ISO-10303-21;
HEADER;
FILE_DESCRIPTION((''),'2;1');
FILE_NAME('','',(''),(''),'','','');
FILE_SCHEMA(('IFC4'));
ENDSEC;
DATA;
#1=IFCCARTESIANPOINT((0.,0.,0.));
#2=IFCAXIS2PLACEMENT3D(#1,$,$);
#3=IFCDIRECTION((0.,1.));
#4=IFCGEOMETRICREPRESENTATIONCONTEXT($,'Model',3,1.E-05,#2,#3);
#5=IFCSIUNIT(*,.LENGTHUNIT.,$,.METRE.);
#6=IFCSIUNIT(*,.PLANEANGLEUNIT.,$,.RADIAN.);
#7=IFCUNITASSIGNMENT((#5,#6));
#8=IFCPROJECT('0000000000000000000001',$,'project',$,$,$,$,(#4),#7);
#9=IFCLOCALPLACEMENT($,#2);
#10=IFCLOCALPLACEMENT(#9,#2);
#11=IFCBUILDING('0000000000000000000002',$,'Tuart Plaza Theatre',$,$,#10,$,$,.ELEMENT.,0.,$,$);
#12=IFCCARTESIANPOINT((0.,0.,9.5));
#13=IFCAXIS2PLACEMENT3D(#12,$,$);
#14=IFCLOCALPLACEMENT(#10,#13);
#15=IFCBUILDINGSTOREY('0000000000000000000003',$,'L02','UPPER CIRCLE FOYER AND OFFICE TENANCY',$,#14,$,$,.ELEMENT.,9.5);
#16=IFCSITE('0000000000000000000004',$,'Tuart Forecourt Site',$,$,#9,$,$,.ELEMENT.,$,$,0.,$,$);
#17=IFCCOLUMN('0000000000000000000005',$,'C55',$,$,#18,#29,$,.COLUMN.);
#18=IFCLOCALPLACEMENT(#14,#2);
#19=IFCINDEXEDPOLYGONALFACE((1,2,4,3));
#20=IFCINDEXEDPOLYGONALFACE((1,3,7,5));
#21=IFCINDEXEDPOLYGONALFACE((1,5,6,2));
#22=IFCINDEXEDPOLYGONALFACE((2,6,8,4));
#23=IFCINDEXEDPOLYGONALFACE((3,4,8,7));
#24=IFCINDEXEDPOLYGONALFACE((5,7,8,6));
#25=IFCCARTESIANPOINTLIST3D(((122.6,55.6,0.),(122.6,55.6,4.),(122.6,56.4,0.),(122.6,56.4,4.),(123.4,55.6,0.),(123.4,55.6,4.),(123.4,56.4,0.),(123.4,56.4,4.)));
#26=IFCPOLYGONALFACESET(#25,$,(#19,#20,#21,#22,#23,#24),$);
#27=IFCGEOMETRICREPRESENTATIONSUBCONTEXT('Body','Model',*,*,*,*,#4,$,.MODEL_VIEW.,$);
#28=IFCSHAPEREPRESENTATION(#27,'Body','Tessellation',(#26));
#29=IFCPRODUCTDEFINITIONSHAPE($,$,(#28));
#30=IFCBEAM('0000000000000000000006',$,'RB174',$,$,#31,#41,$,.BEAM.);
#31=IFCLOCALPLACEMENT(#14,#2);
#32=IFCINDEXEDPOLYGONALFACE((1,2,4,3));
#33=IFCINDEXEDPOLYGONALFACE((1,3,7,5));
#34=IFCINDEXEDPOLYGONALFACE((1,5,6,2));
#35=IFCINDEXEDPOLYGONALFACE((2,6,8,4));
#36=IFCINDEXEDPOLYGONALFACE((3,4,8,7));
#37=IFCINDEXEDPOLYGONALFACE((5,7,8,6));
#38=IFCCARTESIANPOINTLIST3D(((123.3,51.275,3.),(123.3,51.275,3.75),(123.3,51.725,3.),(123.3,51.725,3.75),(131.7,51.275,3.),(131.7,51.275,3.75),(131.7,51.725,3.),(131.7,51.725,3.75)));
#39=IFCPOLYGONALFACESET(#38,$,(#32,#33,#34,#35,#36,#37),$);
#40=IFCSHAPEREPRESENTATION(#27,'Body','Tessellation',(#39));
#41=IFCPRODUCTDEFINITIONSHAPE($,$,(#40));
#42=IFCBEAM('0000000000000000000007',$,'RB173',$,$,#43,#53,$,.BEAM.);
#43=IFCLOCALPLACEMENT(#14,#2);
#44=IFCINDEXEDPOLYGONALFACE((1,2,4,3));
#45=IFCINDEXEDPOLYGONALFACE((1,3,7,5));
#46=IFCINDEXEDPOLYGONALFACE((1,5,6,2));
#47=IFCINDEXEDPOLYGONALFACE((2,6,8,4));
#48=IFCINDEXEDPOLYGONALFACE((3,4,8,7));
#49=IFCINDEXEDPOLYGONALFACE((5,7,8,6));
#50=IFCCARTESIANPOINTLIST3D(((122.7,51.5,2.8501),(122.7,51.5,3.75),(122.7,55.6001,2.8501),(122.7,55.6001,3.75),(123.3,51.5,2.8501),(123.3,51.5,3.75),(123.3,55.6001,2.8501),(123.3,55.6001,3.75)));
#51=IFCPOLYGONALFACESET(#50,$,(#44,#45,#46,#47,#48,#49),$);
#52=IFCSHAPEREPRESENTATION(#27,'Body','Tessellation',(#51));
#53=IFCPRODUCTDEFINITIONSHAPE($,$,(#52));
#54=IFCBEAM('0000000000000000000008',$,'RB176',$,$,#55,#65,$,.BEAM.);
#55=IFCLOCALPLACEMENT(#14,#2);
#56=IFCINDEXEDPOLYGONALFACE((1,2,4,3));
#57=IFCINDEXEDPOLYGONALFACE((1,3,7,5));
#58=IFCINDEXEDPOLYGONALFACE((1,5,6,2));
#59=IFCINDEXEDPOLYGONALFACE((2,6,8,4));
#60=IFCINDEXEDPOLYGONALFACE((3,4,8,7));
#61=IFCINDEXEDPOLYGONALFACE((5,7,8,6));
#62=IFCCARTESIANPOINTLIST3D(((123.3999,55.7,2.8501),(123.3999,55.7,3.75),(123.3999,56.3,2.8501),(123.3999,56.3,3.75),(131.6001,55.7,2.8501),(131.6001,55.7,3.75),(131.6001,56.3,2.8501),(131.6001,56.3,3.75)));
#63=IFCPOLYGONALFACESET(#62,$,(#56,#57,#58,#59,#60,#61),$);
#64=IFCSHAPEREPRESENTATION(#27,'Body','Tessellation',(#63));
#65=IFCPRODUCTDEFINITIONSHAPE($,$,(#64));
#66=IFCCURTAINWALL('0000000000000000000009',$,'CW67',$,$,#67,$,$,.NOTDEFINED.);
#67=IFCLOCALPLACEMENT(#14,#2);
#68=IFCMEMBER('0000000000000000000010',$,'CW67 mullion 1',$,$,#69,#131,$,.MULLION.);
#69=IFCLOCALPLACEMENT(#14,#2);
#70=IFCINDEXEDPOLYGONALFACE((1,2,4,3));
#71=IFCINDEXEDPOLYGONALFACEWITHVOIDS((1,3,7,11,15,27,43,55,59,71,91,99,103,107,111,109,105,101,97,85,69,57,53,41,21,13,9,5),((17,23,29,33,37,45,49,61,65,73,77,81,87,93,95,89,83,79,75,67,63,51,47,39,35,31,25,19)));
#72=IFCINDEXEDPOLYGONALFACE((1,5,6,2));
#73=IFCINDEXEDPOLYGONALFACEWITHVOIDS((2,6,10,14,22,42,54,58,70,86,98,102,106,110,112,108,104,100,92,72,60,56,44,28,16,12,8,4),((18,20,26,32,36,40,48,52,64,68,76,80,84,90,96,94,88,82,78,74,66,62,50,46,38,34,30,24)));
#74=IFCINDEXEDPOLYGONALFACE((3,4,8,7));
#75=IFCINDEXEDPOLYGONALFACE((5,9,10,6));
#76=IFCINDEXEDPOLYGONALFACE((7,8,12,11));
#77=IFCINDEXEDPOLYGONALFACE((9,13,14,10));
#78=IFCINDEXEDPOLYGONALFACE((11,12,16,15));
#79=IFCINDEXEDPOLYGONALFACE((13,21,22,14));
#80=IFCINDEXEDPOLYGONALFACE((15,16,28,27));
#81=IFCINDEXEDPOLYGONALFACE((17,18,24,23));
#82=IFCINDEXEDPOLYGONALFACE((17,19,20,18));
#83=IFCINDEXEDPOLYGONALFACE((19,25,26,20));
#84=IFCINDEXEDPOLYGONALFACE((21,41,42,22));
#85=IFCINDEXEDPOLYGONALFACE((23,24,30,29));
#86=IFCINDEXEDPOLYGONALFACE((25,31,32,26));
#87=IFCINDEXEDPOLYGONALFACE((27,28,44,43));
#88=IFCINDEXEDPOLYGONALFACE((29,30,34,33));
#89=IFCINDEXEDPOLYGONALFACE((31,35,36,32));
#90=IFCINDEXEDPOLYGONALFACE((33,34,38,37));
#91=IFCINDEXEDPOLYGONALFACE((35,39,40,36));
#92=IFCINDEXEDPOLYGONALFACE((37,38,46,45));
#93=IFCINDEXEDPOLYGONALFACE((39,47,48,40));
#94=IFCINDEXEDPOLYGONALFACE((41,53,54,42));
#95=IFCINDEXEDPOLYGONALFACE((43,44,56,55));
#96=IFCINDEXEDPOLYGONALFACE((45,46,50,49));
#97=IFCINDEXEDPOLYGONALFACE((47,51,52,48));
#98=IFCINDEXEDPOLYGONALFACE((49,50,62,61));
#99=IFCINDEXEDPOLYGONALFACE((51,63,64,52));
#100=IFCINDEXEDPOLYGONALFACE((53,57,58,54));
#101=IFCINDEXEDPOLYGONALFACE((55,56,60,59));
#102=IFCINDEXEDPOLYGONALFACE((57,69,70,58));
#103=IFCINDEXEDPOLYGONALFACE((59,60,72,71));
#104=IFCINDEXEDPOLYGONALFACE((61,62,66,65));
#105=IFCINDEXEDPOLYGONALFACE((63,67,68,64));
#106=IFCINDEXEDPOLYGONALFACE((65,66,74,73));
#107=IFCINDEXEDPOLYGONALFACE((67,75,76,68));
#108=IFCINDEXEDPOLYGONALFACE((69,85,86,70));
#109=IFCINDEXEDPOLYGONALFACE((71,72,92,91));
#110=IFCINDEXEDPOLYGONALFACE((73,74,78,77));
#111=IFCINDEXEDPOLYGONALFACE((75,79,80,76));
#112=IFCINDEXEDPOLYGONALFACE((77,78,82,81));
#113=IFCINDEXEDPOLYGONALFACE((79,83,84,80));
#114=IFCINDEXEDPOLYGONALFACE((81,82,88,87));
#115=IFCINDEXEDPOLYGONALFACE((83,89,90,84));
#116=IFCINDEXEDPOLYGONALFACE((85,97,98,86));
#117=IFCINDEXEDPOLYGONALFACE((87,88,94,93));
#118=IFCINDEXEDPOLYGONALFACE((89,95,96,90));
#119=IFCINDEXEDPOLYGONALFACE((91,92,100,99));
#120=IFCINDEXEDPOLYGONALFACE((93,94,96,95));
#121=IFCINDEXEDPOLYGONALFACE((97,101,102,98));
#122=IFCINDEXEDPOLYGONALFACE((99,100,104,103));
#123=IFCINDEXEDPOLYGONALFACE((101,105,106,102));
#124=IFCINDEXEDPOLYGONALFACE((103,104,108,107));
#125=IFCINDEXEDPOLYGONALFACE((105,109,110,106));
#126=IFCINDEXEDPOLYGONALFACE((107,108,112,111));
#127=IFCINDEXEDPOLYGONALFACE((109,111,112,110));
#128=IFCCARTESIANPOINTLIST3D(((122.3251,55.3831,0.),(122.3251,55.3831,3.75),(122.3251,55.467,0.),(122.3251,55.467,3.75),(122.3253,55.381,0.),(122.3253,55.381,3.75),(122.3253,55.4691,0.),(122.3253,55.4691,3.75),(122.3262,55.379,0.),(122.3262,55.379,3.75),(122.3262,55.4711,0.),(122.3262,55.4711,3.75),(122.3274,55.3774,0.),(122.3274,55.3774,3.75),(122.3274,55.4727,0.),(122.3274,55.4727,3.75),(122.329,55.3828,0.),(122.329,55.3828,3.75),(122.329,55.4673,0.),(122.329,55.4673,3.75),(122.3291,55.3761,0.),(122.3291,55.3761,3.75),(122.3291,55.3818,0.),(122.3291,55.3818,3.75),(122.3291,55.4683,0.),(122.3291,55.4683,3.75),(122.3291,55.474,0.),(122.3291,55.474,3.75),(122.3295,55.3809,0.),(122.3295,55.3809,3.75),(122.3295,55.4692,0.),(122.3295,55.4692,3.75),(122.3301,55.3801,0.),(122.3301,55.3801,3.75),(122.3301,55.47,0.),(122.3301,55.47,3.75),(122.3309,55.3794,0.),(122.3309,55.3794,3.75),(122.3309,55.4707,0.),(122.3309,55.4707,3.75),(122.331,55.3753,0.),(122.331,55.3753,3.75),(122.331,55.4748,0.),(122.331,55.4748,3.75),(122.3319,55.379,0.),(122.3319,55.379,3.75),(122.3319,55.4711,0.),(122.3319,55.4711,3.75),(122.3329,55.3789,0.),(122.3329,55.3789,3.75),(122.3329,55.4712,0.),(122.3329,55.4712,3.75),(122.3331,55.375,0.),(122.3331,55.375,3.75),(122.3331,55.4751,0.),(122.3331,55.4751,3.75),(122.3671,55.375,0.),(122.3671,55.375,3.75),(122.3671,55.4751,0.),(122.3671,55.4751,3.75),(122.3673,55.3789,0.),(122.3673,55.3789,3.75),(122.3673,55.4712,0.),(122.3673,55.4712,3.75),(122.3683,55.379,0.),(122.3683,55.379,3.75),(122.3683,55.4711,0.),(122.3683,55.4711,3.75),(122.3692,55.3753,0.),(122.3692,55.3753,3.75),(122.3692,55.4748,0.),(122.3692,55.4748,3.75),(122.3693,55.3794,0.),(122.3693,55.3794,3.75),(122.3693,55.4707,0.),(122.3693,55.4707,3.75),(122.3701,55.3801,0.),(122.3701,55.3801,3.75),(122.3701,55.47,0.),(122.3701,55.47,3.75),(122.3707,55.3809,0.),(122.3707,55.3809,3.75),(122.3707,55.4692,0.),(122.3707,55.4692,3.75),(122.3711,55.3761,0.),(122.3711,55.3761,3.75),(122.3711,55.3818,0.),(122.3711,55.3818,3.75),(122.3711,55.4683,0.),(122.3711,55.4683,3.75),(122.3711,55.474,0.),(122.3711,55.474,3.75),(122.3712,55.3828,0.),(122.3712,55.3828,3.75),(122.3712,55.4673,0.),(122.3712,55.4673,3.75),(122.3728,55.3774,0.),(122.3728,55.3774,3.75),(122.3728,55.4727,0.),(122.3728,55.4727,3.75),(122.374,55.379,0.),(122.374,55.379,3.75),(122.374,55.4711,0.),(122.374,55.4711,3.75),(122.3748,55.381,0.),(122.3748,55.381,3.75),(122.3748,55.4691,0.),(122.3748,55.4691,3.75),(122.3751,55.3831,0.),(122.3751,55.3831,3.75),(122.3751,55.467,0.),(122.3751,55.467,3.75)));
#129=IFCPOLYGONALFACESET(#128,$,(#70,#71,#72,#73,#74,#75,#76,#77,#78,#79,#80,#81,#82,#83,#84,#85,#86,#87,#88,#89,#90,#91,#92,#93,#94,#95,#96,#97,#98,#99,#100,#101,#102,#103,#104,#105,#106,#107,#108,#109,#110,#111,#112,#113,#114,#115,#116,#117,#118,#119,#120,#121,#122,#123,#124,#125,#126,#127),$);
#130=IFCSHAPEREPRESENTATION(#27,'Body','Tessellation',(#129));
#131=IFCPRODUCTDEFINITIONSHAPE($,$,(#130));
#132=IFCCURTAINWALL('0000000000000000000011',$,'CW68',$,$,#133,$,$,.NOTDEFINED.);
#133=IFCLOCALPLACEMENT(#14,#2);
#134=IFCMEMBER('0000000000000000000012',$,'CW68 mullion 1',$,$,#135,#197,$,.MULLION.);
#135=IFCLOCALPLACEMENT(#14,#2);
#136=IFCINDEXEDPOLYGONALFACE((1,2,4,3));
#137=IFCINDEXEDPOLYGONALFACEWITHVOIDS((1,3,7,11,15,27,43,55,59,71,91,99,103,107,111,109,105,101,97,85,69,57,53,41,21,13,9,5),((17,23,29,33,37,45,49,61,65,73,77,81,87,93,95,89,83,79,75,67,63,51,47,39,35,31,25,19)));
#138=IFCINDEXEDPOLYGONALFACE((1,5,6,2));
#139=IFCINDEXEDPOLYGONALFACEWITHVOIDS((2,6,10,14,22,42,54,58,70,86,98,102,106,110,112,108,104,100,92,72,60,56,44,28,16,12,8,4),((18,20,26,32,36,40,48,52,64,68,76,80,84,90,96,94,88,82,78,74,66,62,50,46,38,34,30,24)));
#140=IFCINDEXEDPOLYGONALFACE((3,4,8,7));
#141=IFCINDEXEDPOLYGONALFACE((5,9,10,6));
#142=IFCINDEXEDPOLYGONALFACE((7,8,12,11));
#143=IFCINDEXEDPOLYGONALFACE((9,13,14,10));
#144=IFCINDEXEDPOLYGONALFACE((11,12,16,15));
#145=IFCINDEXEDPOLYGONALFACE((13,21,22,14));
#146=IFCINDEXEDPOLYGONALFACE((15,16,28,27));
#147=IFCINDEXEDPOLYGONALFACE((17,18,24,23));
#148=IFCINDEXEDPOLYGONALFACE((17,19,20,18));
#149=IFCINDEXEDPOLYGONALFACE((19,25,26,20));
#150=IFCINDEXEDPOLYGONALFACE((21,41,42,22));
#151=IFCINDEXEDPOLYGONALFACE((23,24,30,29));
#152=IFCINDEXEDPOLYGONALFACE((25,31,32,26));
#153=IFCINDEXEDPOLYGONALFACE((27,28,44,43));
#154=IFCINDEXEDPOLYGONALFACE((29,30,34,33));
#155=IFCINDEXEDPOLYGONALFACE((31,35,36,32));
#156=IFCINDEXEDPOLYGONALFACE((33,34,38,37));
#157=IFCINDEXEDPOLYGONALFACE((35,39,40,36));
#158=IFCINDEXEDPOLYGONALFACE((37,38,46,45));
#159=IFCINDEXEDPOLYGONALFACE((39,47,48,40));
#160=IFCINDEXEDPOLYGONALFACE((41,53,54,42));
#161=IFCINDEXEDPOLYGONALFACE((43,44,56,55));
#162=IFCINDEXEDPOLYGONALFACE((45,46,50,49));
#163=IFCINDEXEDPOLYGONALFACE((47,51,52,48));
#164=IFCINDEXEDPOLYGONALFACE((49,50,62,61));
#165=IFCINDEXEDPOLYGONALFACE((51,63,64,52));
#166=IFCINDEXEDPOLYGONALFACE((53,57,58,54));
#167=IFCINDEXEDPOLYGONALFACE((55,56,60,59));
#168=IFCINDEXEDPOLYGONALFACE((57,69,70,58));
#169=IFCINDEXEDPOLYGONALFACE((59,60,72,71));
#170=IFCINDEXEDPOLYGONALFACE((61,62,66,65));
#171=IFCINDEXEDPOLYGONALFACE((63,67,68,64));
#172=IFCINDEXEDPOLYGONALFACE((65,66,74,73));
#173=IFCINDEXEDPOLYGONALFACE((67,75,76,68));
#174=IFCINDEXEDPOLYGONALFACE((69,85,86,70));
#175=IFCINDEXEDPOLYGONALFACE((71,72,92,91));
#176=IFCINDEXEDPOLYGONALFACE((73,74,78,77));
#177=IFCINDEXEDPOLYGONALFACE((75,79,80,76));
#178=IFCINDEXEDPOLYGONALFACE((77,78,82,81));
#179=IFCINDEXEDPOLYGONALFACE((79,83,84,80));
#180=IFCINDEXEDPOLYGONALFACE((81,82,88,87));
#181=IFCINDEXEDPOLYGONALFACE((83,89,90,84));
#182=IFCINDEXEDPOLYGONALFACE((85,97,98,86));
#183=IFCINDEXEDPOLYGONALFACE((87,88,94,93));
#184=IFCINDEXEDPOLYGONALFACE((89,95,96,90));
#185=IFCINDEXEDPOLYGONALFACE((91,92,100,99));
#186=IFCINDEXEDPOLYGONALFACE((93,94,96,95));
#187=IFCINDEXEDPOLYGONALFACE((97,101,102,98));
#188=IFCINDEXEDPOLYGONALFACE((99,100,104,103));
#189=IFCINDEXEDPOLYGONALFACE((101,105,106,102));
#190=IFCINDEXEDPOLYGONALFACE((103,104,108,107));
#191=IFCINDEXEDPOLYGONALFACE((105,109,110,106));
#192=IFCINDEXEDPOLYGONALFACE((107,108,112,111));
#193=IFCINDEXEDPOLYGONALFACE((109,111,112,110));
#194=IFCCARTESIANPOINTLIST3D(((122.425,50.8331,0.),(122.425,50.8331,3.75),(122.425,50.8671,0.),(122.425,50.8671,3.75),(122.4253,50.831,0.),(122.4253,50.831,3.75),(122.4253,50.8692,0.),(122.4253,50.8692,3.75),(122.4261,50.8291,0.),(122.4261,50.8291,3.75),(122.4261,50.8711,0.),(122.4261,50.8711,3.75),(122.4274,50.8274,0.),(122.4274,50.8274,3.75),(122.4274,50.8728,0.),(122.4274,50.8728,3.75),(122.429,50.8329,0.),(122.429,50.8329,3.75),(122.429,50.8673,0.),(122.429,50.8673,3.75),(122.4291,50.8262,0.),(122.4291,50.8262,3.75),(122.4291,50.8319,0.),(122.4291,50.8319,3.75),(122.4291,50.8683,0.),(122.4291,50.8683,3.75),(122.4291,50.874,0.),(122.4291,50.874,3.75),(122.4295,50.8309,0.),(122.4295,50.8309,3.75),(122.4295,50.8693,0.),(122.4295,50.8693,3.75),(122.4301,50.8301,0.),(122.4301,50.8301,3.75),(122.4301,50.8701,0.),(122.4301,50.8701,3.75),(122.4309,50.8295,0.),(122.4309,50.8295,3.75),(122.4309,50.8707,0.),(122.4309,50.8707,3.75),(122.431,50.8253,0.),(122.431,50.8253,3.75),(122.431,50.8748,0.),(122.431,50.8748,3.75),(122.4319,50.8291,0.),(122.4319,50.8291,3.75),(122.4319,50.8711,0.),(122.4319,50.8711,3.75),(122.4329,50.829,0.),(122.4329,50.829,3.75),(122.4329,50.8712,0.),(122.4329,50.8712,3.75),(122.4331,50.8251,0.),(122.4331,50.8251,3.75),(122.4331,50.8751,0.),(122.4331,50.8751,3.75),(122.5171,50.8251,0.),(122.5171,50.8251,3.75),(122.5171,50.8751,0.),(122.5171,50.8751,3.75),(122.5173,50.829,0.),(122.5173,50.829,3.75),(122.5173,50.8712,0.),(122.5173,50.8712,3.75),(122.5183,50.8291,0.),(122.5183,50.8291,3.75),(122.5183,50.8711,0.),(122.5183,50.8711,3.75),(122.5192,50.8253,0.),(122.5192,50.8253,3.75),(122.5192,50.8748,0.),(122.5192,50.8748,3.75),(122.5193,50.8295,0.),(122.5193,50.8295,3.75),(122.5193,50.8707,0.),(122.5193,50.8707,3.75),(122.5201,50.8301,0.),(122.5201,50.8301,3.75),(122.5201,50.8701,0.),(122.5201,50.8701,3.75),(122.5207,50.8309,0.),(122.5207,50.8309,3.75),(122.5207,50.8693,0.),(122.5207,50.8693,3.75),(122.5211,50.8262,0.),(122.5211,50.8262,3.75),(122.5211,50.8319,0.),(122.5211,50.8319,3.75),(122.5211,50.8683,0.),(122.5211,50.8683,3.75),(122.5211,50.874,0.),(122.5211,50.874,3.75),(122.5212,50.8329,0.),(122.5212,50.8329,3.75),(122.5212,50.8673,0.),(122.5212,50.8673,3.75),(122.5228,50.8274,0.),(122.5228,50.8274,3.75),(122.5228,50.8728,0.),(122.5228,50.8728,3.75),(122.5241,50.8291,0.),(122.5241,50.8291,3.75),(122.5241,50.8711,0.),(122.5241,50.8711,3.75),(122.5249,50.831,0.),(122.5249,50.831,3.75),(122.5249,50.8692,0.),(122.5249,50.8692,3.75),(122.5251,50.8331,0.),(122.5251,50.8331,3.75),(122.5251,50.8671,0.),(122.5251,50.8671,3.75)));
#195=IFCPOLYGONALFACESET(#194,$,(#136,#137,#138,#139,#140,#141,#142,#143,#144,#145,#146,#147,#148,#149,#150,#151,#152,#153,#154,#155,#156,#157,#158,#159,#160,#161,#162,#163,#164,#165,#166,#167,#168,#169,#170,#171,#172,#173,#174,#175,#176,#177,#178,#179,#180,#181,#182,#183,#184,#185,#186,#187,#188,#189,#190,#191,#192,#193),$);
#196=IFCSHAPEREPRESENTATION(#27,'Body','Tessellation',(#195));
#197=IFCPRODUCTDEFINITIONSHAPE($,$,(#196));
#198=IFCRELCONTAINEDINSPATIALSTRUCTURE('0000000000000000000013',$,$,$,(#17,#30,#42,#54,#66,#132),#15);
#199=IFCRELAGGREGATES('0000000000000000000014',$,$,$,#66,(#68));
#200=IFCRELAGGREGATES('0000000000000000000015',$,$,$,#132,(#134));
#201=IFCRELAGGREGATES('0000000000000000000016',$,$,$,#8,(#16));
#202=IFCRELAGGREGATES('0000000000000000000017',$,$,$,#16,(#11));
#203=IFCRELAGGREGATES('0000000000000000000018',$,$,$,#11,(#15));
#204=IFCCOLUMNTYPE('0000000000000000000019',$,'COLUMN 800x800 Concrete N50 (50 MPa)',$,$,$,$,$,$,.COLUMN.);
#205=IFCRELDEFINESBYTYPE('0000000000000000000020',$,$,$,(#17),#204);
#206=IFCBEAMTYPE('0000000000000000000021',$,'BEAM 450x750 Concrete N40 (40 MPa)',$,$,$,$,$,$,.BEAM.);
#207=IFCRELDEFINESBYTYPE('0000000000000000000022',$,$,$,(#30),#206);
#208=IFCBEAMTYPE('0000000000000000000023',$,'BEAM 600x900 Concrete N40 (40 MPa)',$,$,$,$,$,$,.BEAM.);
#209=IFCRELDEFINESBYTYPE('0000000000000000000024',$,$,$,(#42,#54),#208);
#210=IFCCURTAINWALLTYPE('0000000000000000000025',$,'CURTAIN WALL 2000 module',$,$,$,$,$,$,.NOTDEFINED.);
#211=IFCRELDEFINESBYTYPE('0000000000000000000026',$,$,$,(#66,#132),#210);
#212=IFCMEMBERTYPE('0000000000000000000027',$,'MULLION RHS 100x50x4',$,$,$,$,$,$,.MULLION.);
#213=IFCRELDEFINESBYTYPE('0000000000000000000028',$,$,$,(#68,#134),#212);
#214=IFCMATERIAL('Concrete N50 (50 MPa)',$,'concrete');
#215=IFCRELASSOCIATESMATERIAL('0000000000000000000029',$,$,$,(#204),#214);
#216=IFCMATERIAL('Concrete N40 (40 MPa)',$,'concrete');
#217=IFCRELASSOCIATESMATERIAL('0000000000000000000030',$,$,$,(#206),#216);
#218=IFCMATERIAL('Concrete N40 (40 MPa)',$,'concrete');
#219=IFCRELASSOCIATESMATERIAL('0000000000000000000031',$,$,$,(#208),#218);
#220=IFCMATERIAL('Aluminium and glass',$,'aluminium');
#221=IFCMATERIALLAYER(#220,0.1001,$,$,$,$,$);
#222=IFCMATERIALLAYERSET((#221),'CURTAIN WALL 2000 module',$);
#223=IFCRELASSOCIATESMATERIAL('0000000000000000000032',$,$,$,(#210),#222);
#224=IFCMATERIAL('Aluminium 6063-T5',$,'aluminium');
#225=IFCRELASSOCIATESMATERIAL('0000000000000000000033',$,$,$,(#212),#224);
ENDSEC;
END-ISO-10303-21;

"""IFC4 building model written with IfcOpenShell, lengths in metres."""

from ifc_helpers import new_model, si_unit, direction, frame, origin, origin_2d, place, context, subcontext, project, spatial, rectangle, hollow_rectangle, extrude, material, layer, layer_set, material_profile, profile_set, type_object, element, aggregate, save


model = new_model("IFC4")

# Units and contexts
model_context = context("Model", 3, precision=1e-05, world=origin(), true_north=direction((0.0, 1.0)))
body_context = subcontext(model_context, "Body", "Model", "MODEL_VIEW")
ifc_project = project(units=[si_unit("LENGTHUNIT", "METRE"), si_unit("PLANEANGLEUNIT", "RADIAN")], contexts=[model_context])

# Site, building, storey
site_placement = place(None, origin())
site = spatial("IfcSite", under=ifc_project, at=site_placement, Name="Tuart Forecourt Site", CompositionType="ELEMENT", RefElevation=0.0)
building_placement = place(site_placement, origin())
building = spatial("IfcBuilding", under=site, at=building_placement, Name="Tuart Plaza Theatre", CompositionType="ELEMENT", ElevationOfRefHeight=0.0)
storey_placement = place(building_placement, frame((0.0, 0.0, 9.5)))
storey = spatial("IfcBuildingStorey", under=building, at=storey_placement, Name="L02", Description="UPPER CIRCLE FOYER AND OFFICE TENANCY", CompositionType="ELEMENT", Elevation=9.5)

# Column
ifc_material_1 = material(Name="Concrete N50 (50 MPa)", Category="concrete")
ifc_material_profile_1 = material_profile(ifc_material_1, rectangle(XDim=0.8, YDim=0.8, at=origin_2d()), Name="COLUMN 800x800 Concrete N50 (50 MPa)")
ifc_profile_set_1 = profile_set([ifc_material_profile_1], Name="Concrete N50 (50 MPa)")
column_type = type_object("IfcColumnType", Name="COLUMN 800x800 Concrete N50 (50 MPa)", PredefinedType="COLUMN", material=ifc_profile_set_1)
column_placement = place(storey_placement, frame((123.0, 56.0, 0.0), z_axis=(0.0, 0.0, 1.0), x_axis=(1.0, 0.0, 0.0)))
element("IfcColumn", 1, at=column_placement, inside=storey, type_object=column_type, Name="C55", PredefinedType="COLUMN", context=body_context, shape_type="SweptSolid", body=[
    extrude(rectangle(XDim=0.8, YDim=0.8, at=origin_2d()), origin(), (0.0, 0.0, 1.0), 4.0),
])

# Beams
ifc_material_2 = material(Name="Concrete N40 (40 MPa)", Category="concrete")
ifc_material_profile_2 = material_profile(ifc_material_2, rectangle(XDim=0.45, YDim=0.75, at=origin_2d()), Name="BEAM 450x750 Concrete N40 (40 MPa)")
ifc_profile_set_2 = profile_set([ifc_material_profile_2], Name="Concrete N40 (40 MPa)")
beam_type_1 = type_object("IfcBeamType", Name="BEAM 450x750 Concrete N40 (40 MPa)", PredefinedType="BEAM", material=ifc_profile_set_2)
beam_1_placement = place(storey_placement, frame((123.3, 51.5, 3.375), z_axis=(1.0, 0.0, 0.0), x_axis=(0.0, 1.0, 0.0)))
element("IfcBeam", 2, at=beam_1_placement, inside=storey, type_object=beam_type_1, Name="RB174", PredefinedType="BEAM", context=body_context, shape_type="SweptSolid", body=[
    extrude(rectangle(XDim=0.45, YDim=0.75, at=origin_2d()), origin(), (0.0, 0.0, 1.0), 8.3999),
])
ifc_material_3 = material(Name="Concrete N40 (40 MPa)", Category="concrete")
ifc_material_profile_3 = material_profile(ifc_material_3, rectangle(XDim=0.6001, YDim=0.8999, at=origin_2d()), Name="BEAM 600x900 Concrete N40 (40 MPa)")
ifc_profile_set_3 = profile_set([ifc_material_profile_3], Name="Concrete N40 (40 MPa)")
beam_type_2 = type_object("IfcBeamType", Name="BEAM 600x900 Concrete N40 (40 MPa)", PredefinedType="BEAM", material=ifc_profile_set_3)
beam_2_placement = place(storey_placement, frame((123.0, 51.5, 3.3), z_axis=(0.0, 1.0, 0.0), x_axis=(-1.0, 0.0, 0.0)))
element("IfcBeam", 3, at=beam_2_placement, inside=storey, type_object=beam_type_2, Name="RB173", PredefinedType="BEAM", context=body_context, shape_type="SweptSolid", body=[
    extrude(rectangle(XDim=0.6001, YDim=0.8999, at=origin_2d()), origin(), (0.0, 0.0, 1.0), 4.1001),
])
beam_3_placement = place(storey_placement, frame((123.3999, 56.0, 3.3), z_axis=(1.0, 0.0, 0.0), x_axis=(0.0, 1.0, 0.0)))
element("IfcBeam", 4, at=beam_3_placement, inside=storey, type_object=beam_type_2, Name="RB176", PredefinedType="BEAM", context=body_context, shape_type="SweptSolid", body=[
    extrude(rectangle(XDim=0.6001, YDim=0.8999, at=origin_2d()), origin(), (0.0, 0.0, 1.0), 8.2002),
])

# Curtain wall, member
ifc_material_4 = material(Name="Aluminium and glass", Category="aluminium")
ifc_layer_1 = layer(ifc_material_4, 0.1001)
ifc_layer_set_1 = layer_set([ifc_layer_1], Name="CURTAIN WALL 2000 module")
curtain_wall_type = type_object("IfcCurtainWallType", Name="CURTAIN WALL 2000 module", PredefinedType="NOTDEFINED", material=ifc_layer_set_1)
curtain_wall_1_placement = place(storey_placement, origin())
curtain_wall_1 = element("IfcCurtainWall", 5, at=curtain_wall_1_placement, inside=storey, type_object=curtain_wall_type, Name="CW67", PredefinedType="NOTDEFINED")
ifc_material_5 = material(Name="Aluminium 6063-T5", Category="aluminium")
ifc_material_profile_4 = material_profile(ifc_material_5, hollow_rectangle(XDim=0.05, YDim=0.1001, WallThickness=0.0039, InnerFilletRadius=0.0039, OuterFilletRadius=0.0081, at=origin_2d()), Name="RHS 100x50x4")
ifc_profile_set_4 = profile_set([ifc_material_profile_4], Name="Aluminium 6063-T5")
member_type_1 = type_object("IfcMemberType", Name="MULLION RHS 100x50x4", PredefinedType="MULLION", material=ifc_profile_set_4)
member_1_placement = place(storey_placement, frame((122.3501, 55.425, 0.0), z_axis=(0.0, 0.0, 1.0), x_axis=(1.0, 0.0, 0.0)))
member_1 = element("IfcMember", 6, at=member_1_placement, type_object=member_type_1, Name="CW67 mullion 1", PredefinedType="MULLION", context=body_context, shape_type="SweptSolid", body=[
    extrude(hollow_rectangle(XDim=0.05, YDim=0.1001, WallThickness=0.0039, InnerFilletRadius=0.0039, OuterFilletRadius=0.0081, at=origin_2d()), origin(), (0.0, 0.0, 1.0), 3.75),
])

# Curtain wall, member
curtain_wall_2_placement = place(storey_placement, origin())
curtain_wall_2 = element("IfcCurtainWall", 7, at=curtain_wall_2_placement, inside=storey, type_object=curtain_wall_type, Name="CW68", PredefinedType="NOTDEFINED")
member_2_placement = place(storey_placement, frame((122.4751, 50.8501, 0.0), z_axis=(0.0, 0.0, 1.0), x_axis=(0.0, 1.0, 0.0)))
member_2 = element("IfcMember", 8, at=member_2_placement, type_object=member_type_1, Name="CW68 mullion 1", PredefinedType="MULLION", context=body_context, shape_type="SweptSolid", body=[
    extrude(hollow_rectangle(XDim=0.05, YDim=0.1001, WallThickness=0.0039, InnerFilletRadius=0.0039, OuterFilletRadius=0.0081, at=origin_2d()), origin(), (0.0, 0.0, 1.0), 3.75),
])

aggregate(curtain_wall_1, [member_1])

aggregate(curtain_wall_2, [member_2])

save(model, "model.ifc")
